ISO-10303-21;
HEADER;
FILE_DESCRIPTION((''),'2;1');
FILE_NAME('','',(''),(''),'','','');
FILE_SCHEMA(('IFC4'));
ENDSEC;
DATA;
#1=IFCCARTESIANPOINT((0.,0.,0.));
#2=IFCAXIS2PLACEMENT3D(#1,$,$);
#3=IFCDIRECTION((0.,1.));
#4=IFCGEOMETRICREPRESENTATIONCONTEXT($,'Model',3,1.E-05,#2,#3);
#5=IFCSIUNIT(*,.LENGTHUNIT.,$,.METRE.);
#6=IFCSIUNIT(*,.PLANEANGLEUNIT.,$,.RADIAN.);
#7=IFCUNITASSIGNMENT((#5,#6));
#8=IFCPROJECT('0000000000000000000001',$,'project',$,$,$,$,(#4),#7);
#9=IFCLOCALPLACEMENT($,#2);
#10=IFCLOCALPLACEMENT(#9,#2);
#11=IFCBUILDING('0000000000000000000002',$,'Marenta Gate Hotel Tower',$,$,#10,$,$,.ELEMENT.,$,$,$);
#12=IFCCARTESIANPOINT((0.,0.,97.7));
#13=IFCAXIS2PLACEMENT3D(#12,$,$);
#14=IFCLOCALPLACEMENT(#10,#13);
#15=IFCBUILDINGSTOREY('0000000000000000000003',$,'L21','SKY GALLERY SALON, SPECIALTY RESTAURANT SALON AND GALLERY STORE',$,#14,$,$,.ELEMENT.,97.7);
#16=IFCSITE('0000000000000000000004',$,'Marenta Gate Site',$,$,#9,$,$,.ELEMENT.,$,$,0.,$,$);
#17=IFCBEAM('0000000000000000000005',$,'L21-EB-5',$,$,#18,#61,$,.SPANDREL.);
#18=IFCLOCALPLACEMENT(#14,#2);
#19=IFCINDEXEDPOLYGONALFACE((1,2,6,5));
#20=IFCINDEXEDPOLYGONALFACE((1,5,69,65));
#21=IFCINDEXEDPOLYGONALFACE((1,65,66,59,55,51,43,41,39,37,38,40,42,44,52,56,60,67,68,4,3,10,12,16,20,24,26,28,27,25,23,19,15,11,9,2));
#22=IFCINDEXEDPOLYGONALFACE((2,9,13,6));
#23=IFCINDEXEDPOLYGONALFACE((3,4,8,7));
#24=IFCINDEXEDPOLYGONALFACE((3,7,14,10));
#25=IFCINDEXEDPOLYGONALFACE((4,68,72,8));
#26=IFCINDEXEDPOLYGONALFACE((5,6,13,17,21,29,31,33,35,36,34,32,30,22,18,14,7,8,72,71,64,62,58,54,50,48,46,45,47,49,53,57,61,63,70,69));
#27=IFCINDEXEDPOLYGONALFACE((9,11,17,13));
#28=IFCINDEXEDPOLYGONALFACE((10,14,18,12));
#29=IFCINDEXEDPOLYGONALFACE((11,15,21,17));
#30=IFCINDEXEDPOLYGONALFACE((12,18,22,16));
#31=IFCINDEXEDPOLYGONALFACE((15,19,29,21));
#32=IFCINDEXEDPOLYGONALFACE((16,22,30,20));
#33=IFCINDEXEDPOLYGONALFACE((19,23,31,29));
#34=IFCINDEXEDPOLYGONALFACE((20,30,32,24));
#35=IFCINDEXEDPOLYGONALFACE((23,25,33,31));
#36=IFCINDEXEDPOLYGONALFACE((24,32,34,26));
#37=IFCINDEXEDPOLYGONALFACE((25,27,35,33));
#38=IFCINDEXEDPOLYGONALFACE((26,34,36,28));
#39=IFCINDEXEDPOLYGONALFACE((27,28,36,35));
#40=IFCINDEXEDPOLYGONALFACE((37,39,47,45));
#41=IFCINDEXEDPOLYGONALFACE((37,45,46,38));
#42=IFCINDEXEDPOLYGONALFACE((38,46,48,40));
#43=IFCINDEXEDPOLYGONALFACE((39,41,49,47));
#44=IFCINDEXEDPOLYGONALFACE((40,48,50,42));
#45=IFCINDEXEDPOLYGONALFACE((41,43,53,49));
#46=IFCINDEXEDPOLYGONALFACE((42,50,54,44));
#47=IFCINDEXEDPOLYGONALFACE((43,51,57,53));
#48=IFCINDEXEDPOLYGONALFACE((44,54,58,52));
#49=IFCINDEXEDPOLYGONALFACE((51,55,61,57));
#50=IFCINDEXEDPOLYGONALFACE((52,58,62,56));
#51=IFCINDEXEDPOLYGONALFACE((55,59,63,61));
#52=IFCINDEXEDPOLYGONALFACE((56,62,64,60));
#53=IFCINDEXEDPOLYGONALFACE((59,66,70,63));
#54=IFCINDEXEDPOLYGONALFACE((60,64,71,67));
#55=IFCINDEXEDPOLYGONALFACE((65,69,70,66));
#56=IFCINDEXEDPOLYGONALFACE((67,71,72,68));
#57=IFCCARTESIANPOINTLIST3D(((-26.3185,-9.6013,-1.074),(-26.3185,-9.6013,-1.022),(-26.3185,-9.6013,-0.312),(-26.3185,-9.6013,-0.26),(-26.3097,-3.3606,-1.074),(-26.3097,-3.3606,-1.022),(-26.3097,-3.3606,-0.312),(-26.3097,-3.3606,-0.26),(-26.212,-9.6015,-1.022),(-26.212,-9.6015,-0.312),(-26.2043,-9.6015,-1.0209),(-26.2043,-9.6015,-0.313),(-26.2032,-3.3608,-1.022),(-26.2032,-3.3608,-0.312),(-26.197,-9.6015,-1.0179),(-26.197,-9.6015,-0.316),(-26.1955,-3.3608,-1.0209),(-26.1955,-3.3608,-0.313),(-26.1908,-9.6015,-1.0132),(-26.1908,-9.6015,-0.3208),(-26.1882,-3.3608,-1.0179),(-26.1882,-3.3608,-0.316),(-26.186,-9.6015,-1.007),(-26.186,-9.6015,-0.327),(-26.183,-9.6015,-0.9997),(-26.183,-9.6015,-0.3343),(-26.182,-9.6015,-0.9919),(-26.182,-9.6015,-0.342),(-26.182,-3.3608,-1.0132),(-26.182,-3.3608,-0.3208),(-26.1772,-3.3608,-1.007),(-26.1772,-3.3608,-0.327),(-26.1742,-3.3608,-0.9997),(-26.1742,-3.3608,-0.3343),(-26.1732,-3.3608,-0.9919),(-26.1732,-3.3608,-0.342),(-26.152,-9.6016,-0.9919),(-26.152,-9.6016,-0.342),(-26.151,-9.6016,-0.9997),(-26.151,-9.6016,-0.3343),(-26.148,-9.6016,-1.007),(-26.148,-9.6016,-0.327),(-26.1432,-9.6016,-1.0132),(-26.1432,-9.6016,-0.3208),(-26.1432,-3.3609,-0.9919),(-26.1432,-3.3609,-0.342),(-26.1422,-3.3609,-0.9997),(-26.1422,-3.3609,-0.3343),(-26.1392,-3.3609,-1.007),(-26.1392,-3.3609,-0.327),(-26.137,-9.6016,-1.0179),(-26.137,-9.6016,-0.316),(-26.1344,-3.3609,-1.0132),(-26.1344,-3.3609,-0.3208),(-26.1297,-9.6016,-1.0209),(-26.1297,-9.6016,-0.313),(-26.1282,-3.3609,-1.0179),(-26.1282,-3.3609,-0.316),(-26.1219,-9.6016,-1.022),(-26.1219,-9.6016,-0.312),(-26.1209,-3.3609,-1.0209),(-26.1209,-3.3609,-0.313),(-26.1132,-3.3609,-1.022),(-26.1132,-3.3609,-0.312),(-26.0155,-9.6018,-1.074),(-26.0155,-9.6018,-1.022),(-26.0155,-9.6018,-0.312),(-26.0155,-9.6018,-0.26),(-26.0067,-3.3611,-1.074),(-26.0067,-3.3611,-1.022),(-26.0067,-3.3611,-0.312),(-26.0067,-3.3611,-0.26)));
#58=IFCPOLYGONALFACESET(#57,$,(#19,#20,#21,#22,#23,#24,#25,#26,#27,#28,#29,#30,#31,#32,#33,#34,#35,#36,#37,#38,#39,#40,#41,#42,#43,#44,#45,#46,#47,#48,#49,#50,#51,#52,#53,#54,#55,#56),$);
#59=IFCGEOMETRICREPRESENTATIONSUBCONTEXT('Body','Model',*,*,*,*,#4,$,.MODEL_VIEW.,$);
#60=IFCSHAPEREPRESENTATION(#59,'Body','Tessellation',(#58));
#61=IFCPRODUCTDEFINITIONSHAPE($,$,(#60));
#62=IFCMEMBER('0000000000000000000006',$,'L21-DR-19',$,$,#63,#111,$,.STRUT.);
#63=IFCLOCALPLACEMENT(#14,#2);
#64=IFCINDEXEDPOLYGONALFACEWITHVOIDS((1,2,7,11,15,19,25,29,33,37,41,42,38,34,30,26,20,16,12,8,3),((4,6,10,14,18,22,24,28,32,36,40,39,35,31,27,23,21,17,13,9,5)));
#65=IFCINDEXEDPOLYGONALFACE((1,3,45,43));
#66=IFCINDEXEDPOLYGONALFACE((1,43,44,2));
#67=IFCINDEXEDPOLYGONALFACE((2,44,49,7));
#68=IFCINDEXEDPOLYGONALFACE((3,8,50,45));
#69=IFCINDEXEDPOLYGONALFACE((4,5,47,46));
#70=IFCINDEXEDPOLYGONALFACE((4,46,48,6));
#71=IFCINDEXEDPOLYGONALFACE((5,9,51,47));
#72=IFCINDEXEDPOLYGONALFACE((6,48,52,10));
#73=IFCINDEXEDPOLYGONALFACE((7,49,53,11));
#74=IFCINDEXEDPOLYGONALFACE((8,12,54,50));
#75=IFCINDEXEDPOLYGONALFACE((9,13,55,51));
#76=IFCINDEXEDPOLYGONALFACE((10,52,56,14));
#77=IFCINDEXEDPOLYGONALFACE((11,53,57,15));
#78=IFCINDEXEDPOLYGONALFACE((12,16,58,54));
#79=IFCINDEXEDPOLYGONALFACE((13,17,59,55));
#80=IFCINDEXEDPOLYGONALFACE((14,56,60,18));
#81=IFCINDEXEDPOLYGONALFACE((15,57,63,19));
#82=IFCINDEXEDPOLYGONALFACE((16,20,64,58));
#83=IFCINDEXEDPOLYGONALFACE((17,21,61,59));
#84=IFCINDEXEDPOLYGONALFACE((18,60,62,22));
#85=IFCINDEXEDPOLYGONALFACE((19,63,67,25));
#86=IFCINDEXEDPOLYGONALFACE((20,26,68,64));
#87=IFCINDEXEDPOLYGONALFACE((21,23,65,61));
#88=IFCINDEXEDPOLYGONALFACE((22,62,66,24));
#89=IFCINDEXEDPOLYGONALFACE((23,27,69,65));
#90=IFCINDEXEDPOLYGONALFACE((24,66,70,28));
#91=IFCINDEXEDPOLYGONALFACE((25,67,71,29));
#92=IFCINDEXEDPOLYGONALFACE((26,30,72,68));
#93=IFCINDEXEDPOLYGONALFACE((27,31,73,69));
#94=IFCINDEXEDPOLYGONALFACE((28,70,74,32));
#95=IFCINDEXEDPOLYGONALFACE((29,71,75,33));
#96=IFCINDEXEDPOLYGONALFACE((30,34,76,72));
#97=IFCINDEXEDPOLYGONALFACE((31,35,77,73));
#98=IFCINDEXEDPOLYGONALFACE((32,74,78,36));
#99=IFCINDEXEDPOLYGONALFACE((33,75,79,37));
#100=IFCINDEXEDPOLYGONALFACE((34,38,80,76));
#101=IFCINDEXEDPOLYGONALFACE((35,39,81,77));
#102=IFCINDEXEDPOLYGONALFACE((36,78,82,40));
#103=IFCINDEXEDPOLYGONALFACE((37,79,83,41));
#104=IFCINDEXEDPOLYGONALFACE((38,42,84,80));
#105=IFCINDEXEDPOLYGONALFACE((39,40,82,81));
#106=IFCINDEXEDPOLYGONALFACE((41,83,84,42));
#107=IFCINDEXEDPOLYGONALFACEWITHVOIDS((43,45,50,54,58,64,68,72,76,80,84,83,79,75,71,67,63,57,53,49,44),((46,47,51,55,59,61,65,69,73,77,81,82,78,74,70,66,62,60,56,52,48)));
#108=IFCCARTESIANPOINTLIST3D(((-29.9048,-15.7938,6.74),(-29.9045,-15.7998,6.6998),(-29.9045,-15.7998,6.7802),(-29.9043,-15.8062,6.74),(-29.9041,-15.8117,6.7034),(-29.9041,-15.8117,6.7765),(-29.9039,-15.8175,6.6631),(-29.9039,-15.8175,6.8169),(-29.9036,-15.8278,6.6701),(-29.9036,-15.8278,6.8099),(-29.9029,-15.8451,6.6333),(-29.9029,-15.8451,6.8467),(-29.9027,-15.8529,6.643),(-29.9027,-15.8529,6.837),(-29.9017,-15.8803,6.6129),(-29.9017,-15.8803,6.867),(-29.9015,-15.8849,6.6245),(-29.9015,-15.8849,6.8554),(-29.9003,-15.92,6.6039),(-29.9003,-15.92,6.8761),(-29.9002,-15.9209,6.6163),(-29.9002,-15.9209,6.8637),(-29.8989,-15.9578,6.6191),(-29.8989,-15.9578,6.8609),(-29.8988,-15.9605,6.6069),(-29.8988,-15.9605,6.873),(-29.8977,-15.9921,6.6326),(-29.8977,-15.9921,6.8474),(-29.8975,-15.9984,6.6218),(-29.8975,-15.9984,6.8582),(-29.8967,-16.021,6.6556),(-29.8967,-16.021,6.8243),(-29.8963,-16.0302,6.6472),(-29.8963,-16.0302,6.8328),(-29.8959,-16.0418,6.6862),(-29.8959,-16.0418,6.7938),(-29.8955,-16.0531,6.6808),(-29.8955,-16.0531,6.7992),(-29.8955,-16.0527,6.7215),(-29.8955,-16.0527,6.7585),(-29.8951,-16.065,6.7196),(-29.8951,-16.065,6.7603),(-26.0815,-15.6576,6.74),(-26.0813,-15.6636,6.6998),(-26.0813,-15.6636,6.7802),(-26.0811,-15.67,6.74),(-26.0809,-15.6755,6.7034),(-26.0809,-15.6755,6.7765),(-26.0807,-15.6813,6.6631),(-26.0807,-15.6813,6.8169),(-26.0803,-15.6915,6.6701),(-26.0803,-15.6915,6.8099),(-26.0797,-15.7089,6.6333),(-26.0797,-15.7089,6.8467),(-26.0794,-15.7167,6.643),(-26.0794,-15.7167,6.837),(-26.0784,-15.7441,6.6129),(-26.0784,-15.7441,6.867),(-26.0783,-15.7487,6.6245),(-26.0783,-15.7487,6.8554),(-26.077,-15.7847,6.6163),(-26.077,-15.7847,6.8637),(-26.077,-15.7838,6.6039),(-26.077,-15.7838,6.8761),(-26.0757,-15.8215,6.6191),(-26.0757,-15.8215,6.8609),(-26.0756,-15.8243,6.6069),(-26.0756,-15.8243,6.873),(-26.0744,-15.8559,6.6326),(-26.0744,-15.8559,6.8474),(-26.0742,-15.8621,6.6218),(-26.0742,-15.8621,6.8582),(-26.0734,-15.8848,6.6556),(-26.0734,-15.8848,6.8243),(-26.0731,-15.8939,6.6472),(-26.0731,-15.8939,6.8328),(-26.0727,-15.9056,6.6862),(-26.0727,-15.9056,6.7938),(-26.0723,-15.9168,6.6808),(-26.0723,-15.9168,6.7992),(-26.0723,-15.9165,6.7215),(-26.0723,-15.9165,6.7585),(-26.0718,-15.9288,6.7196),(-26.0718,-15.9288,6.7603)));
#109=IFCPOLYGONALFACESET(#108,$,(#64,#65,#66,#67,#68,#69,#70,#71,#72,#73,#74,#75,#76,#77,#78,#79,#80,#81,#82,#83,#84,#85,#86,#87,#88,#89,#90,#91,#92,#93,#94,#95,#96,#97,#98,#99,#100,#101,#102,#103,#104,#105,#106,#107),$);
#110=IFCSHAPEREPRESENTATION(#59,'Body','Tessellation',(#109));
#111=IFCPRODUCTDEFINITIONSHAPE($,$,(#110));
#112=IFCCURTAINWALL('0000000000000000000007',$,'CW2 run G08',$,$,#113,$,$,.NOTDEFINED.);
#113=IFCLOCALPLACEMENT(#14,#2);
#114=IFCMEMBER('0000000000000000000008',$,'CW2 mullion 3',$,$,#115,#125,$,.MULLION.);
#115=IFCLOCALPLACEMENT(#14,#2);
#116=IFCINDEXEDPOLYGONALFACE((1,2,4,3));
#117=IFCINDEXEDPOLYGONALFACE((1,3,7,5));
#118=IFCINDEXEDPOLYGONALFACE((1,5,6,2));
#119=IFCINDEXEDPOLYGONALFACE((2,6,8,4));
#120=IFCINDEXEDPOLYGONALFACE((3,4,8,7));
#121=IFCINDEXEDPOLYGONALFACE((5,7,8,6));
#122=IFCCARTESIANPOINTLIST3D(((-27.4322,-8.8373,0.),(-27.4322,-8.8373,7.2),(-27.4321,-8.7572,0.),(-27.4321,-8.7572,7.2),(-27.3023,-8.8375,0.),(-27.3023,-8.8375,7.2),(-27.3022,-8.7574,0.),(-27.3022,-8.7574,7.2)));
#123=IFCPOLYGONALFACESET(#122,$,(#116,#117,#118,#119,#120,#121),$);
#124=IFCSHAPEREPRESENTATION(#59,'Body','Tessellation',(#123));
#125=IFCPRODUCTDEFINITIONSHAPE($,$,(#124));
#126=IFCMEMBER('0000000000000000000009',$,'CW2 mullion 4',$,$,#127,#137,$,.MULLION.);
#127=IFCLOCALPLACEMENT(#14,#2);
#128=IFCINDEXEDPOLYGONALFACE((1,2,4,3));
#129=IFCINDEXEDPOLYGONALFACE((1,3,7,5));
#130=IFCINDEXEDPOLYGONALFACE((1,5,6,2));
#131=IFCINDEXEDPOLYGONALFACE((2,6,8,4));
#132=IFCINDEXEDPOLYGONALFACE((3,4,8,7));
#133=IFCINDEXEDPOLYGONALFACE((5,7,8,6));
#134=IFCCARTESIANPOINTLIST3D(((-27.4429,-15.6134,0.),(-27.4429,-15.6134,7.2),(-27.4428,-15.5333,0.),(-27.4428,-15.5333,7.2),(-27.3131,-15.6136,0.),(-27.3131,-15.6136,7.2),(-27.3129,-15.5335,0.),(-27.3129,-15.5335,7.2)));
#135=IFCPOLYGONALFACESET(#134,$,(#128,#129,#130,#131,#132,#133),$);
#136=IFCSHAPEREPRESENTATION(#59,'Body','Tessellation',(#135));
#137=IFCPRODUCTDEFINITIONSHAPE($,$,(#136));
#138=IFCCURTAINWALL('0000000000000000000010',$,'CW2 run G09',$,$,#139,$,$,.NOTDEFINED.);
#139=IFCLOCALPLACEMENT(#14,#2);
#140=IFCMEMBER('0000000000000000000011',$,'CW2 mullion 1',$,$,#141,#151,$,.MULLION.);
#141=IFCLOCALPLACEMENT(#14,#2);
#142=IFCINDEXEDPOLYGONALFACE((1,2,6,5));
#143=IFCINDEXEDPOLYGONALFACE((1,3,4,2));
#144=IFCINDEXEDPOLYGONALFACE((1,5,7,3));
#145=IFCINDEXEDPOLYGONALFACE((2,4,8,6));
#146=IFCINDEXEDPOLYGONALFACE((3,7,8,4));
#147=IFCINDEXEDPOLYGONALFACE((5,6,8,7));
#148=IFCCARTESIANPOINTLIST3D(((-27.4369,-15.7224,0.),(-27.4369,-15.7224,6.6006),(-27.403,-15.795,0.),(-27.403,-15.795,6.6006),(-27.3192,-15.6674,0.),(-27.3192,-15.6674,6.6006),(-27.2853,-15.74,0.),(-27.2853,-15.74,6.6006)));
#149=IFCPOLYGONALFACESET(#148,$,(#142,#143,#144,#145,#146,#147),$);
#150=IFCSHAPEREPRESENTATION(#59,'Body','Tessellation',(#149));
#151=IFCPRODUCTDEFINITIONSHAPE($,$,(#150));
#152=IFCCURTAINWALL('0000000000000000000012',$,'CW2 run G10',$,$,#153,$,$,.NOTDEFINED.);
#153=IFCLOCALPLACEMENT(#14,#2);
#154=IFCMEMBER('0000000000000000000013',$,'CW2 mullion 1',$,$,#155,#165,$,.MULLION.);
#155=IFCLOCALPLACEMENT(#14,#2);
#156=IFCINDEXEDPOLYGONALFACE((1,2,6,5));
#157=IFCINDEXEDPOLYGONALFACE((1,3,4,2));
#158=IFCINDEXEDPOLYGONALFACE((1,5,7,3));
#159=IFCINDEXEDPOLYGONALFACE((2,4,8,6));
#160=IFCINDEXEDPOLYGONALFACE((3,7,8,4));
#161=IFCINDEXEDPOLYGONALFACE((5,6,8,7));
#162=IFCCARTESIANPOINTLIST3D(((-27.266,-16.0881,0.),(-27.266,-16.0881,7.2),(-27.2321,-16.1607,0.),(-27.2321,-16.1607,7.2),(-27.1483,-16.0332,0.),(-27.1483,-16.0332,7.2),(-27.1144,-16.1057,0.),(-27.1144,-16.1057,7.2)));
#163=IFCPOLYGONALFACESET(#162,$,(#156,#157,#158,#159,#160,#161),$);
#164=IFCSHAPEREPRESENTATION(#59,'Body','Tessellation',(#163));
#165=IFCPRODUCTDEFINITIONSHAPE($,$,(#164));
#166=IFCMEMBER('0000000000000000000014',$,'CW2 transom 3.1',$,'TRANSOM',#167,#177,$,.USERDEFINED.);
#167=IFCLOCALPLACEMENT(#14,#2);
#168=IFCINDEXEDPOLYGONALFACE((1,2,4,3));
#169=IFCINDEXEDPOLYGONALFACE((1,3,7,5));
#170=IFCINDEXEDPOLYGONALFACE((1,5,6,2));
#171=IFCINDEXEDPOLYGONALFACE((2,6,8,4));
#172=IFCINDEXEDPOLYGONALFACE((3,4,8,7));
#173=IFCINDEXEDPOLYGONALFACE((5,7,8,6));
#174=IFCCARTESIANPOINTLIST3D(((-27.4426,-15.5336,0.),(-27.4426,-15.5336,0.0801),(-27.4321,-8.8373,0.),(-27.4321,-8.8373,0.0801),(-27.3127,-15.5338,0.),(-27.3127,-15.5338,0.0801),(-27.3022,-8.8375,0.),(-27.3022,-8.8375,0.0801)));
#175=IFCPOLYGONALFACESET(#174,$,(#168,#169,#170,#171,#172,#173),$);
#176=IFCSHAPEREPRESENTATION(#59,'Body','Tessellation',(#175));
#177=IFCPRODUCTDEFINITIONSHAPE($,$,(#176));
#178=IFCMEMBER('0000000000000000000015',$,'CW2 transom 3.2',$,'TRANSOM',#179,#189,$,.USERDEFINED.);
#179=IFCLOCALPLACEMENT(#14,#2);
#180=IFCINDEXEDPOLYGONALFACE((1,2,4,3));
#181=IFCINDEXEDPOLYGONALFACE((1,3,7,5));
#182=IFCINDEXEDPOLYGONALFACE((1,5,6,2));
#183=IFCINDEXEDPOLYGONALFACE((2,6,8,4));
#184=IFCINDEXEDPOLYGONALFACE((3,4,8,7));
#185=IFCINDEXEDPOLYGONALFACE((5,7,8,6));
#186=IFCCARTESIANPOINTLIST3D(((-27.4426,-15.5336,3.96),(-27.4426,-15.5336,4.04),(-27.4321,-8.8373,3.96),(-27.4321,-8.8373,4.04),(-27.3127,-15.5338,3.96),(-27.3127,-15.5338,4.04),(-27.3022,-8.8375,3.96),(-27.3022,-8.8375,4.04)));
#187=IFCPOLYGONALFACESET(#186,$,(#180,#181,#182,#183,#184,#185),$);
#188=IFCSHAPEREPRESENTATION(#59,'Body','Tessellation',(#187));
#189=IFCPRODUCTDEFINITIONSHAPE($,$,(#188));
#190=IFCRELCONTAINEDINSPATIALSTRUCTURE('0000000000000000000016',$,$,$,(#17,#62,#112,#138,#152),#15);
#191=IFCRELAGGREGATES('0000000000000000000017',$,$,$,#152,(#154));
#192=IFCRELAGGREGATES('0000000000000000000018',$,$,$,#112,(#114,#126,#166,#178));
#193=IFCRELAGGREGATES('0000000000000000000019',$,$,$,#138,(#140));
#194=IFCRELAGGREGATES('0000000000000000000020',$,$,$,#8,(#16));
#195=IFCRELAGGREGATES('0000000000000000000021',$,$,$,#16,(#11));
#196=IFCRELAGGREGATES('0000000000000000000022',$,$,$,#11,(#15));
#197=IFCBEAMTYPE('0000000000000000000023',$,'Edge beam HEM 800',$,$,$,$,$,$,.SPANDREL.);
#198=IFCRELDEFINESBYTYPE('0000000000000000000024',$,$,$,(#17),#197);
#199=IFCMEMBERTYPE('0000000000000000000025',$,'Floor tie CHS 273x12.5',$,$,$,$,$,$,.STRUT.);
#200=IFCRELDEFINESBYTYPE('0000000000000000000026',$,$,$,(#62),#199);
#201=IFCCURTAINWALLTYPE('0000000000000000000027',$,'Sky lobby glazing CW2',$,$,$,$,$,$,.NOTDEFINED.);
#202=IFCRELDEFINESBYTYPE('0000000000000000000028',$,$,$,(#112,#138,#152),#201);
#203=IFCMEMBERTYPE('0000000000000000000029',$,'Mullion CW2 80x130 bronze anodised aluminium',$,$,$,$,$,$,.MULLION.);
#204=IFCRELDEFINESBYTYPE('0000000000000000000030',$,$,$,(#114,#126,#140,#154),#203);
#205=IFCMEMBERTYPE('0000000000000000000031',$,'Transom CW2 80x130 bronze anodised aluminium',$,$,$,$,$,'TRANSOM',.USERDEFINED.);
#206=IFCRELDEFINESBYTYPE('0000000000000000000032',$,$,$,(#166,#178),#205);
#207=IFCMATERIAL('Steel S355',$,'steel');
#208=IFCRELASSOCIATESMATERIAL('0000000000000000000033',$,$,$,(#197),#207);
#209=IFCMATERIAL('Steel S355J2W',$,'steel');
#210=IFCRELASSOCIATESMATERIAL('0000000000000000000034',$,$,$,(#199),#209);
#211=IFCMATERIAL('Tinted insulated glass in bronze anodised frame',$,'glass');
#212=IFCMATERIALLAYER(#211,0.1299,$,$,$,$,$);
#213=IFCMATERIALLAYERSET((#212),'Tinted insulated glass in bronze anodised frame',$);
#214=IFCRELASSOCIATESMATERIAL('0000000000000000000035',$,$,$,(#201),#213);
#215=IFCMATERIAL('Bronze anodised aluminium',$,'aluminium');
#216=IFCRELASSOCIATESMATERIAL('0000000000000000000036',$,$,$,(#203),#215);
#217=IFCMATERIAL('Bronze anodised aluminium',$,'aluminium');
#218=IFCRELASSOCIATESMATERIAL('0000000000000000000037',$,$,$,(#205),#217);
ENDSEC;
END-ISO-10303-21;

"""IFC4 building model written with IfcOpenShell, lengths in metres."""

from ifc_helpers import new_model, si_unit, direction, frame, origin, origin_2d, place, context, subcontext, project, spatial, rectangle, hollow_circle, i_section, extrude, material, layer, layer_set, material_profile, profile_set, type_object, element, aggregate, save


model = new_model("IFC4")

# Units and contexts
model_context = context("Model", 3, precision=1e-05, world=origin(), true_north=direction((0.0, 1.0)))
body_context = subcontext(model_context, "Body", "Model", "MODEL_VIEW")
ifc_project = project(units=[si_unit("LENGTHUNIT", "METRE"), si_unit("PLANEANGLEUNIT", "RADIAN")], contexts=[model_context])

# Site, building, storey
site_placement = place(None, origin())
site = spatial("IfcSite", under=ifc_project, at=site_placement, Name="Marenta Gate Site", CompositionType="ELEMENT", RefElevation=0.0)
building_placement = place(site_placement, origin())
building = spatial("IfcBuilding", under=site, at=building_placement, Name="Marenta Gate Hotel Tower", CompositionType="ELEMENT")
storey_placement = place(building_placement, frame((0.0, 0.0, 97.7)))
storey = spatial("IfcBuildingStorey", under=building, at=storey_placement, Name="L21", Description="SKY GALLERY SALON, SPECIALTY RESTAURANT SALON AND GALLERY STORE", CompositionType="ELEMENT", Elevation=97.7)

# Beam
ifc_material_1 = material(Name="Steel S355", Category="steel")
ifc_material_profile_1 = material_profile(ifc_material_1, i_section(OverallWidth=0.303, OverallDepth=0.814, WebThickness=0.03, FlangeThickness=0.052, FilletRadius=0.03, at=origin_2d()), Name="HEM 800")
ifc_profile_set_1 = profile_set([ifc_material_profile_1], Name="Steel S355")
beam_type = type_object("IfcBeamType", Name="Edge beam HEM 800", PredefinedType="SPANDREL", material=ifc_profile_set_1)
beam_1_placement = place(storey_placement, frame((-26.167, -9.6016, -0.667), z_axis=(0.001408, 0.999999, 0.0), x_axis=(-0.999999, 0.001408, 0.0)))
element("IfcBeam", 1, at=beam_1_placement, inside=storey, type_object=beam_type, Name="L21-EB-5", PredefinedType="SPANDREL", context=body_context, shape_type="SweptSolid", body=[
    extrude(i_section(OverallWidth=0.303, OverallDepth=0.814, WebThickness=0.03, FlangeThickness=0.052, FilletRadius=0.03, at=origin_2d()), origin(), (0.0, 0.0, 1.0), 6.2407),
])

# Member
ifc_material_2 = material(Name="Steel S355J2W", Category="steel")
ifc_material_profile_2 = material_profile(ifc_material_2, hollow_circle(Radius=0.1365, WallThickness=0.0125, at=origin_2d()), Name="CHS 273x12.5")
ifc_profile_set_2 = profile_set([ifc_material_profile_2], Name="Steel S355J2W")
member_type_1 = type_object("IfcMemberType", Name="Floor tie CHS 273x12.5", PredefinedType="STRUT", material=ifc_profile_set_2)
member_1_placement = place(storey_placement, frame((-29.8999, -15.9302, 6.74), z_axis=(0.999366, 0.03561, 0.0), x_axis=(-0.03561, 0.999366, 0.0)))
element("IfcMember", 2, at=member_1_placement, inside=storey, type_object=member_type_1, Name="L21-DR-19", PredefinedType="STRUT", context=body_context, shape_type="SweptSolid", body=[
    extrude(hollow_circle(Radius=0.1365, WallThickness=0.0125, at=origin_2d()), origin(), (0.0, 0.0, 1.0), 3.8257),
])

# Curtain wall, members
ifc_material_3 = material(Name="Tinted insulated glass in bronze anodised frame", Category="glass")
ifc_layer_1 = layer(ifc_material_3, 0.1299)
ifc_layer_set_1 = layer_set([ifc_layer_1], Name="Tinted insulated glass in bronze anodised frame")
curtain_wall_type = type_object("IfcCurtainWallType", Name="Sky lobby glazing CW2", PredefinedType="NOTDEFINED", material=ifc_layer_set_1)
curtain_wall_1_placement = place(storey_placement, origin())
curtain_wall_1 = element("IfcCurtainWall", 3, at=curtain_wall_1_placement, inside=storey, type_object=curtain_wall_type, Name="CW2 run G08", PredefinedType="NOTDEFINED")
ifc_material_4 = material(Name="Bronze anodised aluminium", Category="aluminium")
ifc_material_profile_3 = material_profile(ifc_material_4, rectangle(XDim=0.1299, YDim=0.0801, at=origin_2d()), Name="Mullion CW2 80x130 bronze anodised aluminium")
ifc_profile_set_3 = profile_set([ifc_material_profile_3], Name="Bronze anodised aluminium")
member_type_2 = type_object("IfcMemberType", Name="Mullion CW2 80x130 bronze anodised aluminium", PredefinedType="MULLION", material=ifc_profile_set_3)
member_2_placement = place(storey_placement, frame((-27.3672, -8.7974, 0.0), z_axis=(0.0, 0.0, 1.0), x_axis=(0.999999, -0.001565, 0.0)))
member_2 = element("IfcMember", 4, at=member_2_placement, type_object=member_type_2, Name="CW2 mullion 3", PredefinedType="MULLION", context=body_context, shape_type="SweptSolid", body=[
    extrude(rectangle(XDim=0.1299, YDim=0.0801, at=origin_2d()), origin(), (0.0, 0.0, 1.0), 7.2),
])
member_3_placement = place(storey_placement, frame((-27.3779, -15.5735, 0.0), z_axis=(0.0, 0.0, 1.0), x_axis=(0.999999, -0.001565, 0.0)))
member_3 = element("IfcMember", 5, at=member_3_placement, type_object=member_type_2, Name="CW2 mullion 4", PredefinedType="MULLION", context=body_context, shape_type="SweptSolid", body=[
    extrude(rectangle(XDim=0.1299, YDim=0.0801, at=origin_2d()), origin(), (0.0, 0.0, 1.0), 7.2),
])

# Curtain walls, members
curtain_wall_2_placement = place(storey_placement, origin())
curtain_wall_2 = element("IfcCurtainWall", 6, at=curtain_wall_2_placement, inside=storey, type_object=curtain_wall_type, Name="CW2 run G09", PredefinedType="NOTDEFINED")
member_4_placement = place(storey_placement, frame((-27.3611, -15.7312, 0.0), z_axis=(0.0, 0.0, 1.0), x_axis=(0.906044, 0.423184, 0.0)))
member_4 = element("IfcMember", 7, at=member_4_placement, type_object=member_type_2, Name="CW2 mullion 1", PredefinedType="MULLION", context=body_context, shape_type="SweptSolid", body=[
    extrude(rectangle(XDim=0.1299, YDim=0.0801, at=origin_2d()), origin(), (0.0, 0.0, 1.0), 6.6006),
])
curtain_wall_3_placement = place(storey_placement, origin())
curtain_wall_3 = element("IfcCurtainWall", 8, at=curtain_wall_3_placement, inside=storey, type_object=curtain_wall_type, Name="CW2 run G10", PredefinedType="NOTDEFINED")
member_5_placement = place(storey_placement, frame((-27.1902, -16.0969, 0.0), z_axis=(0.0, 0.0, 1.0), x_axis=(0.905963, 0.423357, 0.0)))
member_5 = element("IfcMember", 9, at=member_5_placement, type_object=member_type_2, Name="CW2 mullion 1", PredefinedType="MULLION", context=body_context, shape_type="SweptSolid", body=[
    extrude(rectangle(XDim=0.1299, YDim=0.0801, at=origin_2d()), origin(), (0.0, 0.0, 1.0), 7.2),
])

# Members
ifc_material_5 = material(Name="Bronze anodised aluminium", Category="aluminium")
ifc_material_profile_4 = material_profile(ifc_material_5, rectangle(XDim=0.1299, YDim=0.0801, at=origin_2d()), Name="Transom CW2 80x130 bronze anodised aluminium")
ifc_profile_set_4 = profile_set([ifc_material_profile_4], Name="Bronze anodised aluminium")
member_type_3 = type_object("IfcMemberType", Name="Transom CW2 80x130 bronze anodised aluminium", ElementType="TRANSOM", PredefinedType="USERDEFINED", material=ifc_profile_set_4)
member_6_placement = place(storey_placement, frame((-27.3672, -8.8374, 0.04), z_axis=(-0.001568, -0.999999, 0.0), x_axis=(0.999999, -0.001568, 0.0)))
member_6 = element("IfcMember", 10, at=member_6_placement, type_object=member_type_3, Name="CW2 transom 3.1", ObjectType="TRANSOM", PredefinedType="USERDEFINED", context=body_context, shape_type="SweptSolid", body=[
    extrude(rectangle(XDim=0.1299, YDim=0.0801, at=origin_2d()), origin(), (0.0, 0.0, 1.0), 6.6963),
])
member_7_placement = place(storey_placement, frame((-27.3672, -8.8374, 4.0), z_axis=(-0.001568, -0.999999, 0.0), x_axis=(0.999999, -0.001568, 0.0)))
member_7 = element("IfcMember", 11, at=member_7_placement, type_object=member_type_3, Name="CW2 transom 3.2", ObjectType="TRANSOM", PredefinedType="USERDEFINED", context=body_context, shape_type="SweptSolid", body=[
    extrude(rectangle(XDim=0.1299, YDim=0.0801, at=origin_2d()), origin(), (0.0, 0.0, 1.0), 6.6963),
])
aggregate(curtain_wall_3, [member_5])

aggregate(curtain_wall_1, [member_2, member_3, member_6, member_7])
aggregate(curtain_wall_2, [member_4])

save(model, "model.ifc")
